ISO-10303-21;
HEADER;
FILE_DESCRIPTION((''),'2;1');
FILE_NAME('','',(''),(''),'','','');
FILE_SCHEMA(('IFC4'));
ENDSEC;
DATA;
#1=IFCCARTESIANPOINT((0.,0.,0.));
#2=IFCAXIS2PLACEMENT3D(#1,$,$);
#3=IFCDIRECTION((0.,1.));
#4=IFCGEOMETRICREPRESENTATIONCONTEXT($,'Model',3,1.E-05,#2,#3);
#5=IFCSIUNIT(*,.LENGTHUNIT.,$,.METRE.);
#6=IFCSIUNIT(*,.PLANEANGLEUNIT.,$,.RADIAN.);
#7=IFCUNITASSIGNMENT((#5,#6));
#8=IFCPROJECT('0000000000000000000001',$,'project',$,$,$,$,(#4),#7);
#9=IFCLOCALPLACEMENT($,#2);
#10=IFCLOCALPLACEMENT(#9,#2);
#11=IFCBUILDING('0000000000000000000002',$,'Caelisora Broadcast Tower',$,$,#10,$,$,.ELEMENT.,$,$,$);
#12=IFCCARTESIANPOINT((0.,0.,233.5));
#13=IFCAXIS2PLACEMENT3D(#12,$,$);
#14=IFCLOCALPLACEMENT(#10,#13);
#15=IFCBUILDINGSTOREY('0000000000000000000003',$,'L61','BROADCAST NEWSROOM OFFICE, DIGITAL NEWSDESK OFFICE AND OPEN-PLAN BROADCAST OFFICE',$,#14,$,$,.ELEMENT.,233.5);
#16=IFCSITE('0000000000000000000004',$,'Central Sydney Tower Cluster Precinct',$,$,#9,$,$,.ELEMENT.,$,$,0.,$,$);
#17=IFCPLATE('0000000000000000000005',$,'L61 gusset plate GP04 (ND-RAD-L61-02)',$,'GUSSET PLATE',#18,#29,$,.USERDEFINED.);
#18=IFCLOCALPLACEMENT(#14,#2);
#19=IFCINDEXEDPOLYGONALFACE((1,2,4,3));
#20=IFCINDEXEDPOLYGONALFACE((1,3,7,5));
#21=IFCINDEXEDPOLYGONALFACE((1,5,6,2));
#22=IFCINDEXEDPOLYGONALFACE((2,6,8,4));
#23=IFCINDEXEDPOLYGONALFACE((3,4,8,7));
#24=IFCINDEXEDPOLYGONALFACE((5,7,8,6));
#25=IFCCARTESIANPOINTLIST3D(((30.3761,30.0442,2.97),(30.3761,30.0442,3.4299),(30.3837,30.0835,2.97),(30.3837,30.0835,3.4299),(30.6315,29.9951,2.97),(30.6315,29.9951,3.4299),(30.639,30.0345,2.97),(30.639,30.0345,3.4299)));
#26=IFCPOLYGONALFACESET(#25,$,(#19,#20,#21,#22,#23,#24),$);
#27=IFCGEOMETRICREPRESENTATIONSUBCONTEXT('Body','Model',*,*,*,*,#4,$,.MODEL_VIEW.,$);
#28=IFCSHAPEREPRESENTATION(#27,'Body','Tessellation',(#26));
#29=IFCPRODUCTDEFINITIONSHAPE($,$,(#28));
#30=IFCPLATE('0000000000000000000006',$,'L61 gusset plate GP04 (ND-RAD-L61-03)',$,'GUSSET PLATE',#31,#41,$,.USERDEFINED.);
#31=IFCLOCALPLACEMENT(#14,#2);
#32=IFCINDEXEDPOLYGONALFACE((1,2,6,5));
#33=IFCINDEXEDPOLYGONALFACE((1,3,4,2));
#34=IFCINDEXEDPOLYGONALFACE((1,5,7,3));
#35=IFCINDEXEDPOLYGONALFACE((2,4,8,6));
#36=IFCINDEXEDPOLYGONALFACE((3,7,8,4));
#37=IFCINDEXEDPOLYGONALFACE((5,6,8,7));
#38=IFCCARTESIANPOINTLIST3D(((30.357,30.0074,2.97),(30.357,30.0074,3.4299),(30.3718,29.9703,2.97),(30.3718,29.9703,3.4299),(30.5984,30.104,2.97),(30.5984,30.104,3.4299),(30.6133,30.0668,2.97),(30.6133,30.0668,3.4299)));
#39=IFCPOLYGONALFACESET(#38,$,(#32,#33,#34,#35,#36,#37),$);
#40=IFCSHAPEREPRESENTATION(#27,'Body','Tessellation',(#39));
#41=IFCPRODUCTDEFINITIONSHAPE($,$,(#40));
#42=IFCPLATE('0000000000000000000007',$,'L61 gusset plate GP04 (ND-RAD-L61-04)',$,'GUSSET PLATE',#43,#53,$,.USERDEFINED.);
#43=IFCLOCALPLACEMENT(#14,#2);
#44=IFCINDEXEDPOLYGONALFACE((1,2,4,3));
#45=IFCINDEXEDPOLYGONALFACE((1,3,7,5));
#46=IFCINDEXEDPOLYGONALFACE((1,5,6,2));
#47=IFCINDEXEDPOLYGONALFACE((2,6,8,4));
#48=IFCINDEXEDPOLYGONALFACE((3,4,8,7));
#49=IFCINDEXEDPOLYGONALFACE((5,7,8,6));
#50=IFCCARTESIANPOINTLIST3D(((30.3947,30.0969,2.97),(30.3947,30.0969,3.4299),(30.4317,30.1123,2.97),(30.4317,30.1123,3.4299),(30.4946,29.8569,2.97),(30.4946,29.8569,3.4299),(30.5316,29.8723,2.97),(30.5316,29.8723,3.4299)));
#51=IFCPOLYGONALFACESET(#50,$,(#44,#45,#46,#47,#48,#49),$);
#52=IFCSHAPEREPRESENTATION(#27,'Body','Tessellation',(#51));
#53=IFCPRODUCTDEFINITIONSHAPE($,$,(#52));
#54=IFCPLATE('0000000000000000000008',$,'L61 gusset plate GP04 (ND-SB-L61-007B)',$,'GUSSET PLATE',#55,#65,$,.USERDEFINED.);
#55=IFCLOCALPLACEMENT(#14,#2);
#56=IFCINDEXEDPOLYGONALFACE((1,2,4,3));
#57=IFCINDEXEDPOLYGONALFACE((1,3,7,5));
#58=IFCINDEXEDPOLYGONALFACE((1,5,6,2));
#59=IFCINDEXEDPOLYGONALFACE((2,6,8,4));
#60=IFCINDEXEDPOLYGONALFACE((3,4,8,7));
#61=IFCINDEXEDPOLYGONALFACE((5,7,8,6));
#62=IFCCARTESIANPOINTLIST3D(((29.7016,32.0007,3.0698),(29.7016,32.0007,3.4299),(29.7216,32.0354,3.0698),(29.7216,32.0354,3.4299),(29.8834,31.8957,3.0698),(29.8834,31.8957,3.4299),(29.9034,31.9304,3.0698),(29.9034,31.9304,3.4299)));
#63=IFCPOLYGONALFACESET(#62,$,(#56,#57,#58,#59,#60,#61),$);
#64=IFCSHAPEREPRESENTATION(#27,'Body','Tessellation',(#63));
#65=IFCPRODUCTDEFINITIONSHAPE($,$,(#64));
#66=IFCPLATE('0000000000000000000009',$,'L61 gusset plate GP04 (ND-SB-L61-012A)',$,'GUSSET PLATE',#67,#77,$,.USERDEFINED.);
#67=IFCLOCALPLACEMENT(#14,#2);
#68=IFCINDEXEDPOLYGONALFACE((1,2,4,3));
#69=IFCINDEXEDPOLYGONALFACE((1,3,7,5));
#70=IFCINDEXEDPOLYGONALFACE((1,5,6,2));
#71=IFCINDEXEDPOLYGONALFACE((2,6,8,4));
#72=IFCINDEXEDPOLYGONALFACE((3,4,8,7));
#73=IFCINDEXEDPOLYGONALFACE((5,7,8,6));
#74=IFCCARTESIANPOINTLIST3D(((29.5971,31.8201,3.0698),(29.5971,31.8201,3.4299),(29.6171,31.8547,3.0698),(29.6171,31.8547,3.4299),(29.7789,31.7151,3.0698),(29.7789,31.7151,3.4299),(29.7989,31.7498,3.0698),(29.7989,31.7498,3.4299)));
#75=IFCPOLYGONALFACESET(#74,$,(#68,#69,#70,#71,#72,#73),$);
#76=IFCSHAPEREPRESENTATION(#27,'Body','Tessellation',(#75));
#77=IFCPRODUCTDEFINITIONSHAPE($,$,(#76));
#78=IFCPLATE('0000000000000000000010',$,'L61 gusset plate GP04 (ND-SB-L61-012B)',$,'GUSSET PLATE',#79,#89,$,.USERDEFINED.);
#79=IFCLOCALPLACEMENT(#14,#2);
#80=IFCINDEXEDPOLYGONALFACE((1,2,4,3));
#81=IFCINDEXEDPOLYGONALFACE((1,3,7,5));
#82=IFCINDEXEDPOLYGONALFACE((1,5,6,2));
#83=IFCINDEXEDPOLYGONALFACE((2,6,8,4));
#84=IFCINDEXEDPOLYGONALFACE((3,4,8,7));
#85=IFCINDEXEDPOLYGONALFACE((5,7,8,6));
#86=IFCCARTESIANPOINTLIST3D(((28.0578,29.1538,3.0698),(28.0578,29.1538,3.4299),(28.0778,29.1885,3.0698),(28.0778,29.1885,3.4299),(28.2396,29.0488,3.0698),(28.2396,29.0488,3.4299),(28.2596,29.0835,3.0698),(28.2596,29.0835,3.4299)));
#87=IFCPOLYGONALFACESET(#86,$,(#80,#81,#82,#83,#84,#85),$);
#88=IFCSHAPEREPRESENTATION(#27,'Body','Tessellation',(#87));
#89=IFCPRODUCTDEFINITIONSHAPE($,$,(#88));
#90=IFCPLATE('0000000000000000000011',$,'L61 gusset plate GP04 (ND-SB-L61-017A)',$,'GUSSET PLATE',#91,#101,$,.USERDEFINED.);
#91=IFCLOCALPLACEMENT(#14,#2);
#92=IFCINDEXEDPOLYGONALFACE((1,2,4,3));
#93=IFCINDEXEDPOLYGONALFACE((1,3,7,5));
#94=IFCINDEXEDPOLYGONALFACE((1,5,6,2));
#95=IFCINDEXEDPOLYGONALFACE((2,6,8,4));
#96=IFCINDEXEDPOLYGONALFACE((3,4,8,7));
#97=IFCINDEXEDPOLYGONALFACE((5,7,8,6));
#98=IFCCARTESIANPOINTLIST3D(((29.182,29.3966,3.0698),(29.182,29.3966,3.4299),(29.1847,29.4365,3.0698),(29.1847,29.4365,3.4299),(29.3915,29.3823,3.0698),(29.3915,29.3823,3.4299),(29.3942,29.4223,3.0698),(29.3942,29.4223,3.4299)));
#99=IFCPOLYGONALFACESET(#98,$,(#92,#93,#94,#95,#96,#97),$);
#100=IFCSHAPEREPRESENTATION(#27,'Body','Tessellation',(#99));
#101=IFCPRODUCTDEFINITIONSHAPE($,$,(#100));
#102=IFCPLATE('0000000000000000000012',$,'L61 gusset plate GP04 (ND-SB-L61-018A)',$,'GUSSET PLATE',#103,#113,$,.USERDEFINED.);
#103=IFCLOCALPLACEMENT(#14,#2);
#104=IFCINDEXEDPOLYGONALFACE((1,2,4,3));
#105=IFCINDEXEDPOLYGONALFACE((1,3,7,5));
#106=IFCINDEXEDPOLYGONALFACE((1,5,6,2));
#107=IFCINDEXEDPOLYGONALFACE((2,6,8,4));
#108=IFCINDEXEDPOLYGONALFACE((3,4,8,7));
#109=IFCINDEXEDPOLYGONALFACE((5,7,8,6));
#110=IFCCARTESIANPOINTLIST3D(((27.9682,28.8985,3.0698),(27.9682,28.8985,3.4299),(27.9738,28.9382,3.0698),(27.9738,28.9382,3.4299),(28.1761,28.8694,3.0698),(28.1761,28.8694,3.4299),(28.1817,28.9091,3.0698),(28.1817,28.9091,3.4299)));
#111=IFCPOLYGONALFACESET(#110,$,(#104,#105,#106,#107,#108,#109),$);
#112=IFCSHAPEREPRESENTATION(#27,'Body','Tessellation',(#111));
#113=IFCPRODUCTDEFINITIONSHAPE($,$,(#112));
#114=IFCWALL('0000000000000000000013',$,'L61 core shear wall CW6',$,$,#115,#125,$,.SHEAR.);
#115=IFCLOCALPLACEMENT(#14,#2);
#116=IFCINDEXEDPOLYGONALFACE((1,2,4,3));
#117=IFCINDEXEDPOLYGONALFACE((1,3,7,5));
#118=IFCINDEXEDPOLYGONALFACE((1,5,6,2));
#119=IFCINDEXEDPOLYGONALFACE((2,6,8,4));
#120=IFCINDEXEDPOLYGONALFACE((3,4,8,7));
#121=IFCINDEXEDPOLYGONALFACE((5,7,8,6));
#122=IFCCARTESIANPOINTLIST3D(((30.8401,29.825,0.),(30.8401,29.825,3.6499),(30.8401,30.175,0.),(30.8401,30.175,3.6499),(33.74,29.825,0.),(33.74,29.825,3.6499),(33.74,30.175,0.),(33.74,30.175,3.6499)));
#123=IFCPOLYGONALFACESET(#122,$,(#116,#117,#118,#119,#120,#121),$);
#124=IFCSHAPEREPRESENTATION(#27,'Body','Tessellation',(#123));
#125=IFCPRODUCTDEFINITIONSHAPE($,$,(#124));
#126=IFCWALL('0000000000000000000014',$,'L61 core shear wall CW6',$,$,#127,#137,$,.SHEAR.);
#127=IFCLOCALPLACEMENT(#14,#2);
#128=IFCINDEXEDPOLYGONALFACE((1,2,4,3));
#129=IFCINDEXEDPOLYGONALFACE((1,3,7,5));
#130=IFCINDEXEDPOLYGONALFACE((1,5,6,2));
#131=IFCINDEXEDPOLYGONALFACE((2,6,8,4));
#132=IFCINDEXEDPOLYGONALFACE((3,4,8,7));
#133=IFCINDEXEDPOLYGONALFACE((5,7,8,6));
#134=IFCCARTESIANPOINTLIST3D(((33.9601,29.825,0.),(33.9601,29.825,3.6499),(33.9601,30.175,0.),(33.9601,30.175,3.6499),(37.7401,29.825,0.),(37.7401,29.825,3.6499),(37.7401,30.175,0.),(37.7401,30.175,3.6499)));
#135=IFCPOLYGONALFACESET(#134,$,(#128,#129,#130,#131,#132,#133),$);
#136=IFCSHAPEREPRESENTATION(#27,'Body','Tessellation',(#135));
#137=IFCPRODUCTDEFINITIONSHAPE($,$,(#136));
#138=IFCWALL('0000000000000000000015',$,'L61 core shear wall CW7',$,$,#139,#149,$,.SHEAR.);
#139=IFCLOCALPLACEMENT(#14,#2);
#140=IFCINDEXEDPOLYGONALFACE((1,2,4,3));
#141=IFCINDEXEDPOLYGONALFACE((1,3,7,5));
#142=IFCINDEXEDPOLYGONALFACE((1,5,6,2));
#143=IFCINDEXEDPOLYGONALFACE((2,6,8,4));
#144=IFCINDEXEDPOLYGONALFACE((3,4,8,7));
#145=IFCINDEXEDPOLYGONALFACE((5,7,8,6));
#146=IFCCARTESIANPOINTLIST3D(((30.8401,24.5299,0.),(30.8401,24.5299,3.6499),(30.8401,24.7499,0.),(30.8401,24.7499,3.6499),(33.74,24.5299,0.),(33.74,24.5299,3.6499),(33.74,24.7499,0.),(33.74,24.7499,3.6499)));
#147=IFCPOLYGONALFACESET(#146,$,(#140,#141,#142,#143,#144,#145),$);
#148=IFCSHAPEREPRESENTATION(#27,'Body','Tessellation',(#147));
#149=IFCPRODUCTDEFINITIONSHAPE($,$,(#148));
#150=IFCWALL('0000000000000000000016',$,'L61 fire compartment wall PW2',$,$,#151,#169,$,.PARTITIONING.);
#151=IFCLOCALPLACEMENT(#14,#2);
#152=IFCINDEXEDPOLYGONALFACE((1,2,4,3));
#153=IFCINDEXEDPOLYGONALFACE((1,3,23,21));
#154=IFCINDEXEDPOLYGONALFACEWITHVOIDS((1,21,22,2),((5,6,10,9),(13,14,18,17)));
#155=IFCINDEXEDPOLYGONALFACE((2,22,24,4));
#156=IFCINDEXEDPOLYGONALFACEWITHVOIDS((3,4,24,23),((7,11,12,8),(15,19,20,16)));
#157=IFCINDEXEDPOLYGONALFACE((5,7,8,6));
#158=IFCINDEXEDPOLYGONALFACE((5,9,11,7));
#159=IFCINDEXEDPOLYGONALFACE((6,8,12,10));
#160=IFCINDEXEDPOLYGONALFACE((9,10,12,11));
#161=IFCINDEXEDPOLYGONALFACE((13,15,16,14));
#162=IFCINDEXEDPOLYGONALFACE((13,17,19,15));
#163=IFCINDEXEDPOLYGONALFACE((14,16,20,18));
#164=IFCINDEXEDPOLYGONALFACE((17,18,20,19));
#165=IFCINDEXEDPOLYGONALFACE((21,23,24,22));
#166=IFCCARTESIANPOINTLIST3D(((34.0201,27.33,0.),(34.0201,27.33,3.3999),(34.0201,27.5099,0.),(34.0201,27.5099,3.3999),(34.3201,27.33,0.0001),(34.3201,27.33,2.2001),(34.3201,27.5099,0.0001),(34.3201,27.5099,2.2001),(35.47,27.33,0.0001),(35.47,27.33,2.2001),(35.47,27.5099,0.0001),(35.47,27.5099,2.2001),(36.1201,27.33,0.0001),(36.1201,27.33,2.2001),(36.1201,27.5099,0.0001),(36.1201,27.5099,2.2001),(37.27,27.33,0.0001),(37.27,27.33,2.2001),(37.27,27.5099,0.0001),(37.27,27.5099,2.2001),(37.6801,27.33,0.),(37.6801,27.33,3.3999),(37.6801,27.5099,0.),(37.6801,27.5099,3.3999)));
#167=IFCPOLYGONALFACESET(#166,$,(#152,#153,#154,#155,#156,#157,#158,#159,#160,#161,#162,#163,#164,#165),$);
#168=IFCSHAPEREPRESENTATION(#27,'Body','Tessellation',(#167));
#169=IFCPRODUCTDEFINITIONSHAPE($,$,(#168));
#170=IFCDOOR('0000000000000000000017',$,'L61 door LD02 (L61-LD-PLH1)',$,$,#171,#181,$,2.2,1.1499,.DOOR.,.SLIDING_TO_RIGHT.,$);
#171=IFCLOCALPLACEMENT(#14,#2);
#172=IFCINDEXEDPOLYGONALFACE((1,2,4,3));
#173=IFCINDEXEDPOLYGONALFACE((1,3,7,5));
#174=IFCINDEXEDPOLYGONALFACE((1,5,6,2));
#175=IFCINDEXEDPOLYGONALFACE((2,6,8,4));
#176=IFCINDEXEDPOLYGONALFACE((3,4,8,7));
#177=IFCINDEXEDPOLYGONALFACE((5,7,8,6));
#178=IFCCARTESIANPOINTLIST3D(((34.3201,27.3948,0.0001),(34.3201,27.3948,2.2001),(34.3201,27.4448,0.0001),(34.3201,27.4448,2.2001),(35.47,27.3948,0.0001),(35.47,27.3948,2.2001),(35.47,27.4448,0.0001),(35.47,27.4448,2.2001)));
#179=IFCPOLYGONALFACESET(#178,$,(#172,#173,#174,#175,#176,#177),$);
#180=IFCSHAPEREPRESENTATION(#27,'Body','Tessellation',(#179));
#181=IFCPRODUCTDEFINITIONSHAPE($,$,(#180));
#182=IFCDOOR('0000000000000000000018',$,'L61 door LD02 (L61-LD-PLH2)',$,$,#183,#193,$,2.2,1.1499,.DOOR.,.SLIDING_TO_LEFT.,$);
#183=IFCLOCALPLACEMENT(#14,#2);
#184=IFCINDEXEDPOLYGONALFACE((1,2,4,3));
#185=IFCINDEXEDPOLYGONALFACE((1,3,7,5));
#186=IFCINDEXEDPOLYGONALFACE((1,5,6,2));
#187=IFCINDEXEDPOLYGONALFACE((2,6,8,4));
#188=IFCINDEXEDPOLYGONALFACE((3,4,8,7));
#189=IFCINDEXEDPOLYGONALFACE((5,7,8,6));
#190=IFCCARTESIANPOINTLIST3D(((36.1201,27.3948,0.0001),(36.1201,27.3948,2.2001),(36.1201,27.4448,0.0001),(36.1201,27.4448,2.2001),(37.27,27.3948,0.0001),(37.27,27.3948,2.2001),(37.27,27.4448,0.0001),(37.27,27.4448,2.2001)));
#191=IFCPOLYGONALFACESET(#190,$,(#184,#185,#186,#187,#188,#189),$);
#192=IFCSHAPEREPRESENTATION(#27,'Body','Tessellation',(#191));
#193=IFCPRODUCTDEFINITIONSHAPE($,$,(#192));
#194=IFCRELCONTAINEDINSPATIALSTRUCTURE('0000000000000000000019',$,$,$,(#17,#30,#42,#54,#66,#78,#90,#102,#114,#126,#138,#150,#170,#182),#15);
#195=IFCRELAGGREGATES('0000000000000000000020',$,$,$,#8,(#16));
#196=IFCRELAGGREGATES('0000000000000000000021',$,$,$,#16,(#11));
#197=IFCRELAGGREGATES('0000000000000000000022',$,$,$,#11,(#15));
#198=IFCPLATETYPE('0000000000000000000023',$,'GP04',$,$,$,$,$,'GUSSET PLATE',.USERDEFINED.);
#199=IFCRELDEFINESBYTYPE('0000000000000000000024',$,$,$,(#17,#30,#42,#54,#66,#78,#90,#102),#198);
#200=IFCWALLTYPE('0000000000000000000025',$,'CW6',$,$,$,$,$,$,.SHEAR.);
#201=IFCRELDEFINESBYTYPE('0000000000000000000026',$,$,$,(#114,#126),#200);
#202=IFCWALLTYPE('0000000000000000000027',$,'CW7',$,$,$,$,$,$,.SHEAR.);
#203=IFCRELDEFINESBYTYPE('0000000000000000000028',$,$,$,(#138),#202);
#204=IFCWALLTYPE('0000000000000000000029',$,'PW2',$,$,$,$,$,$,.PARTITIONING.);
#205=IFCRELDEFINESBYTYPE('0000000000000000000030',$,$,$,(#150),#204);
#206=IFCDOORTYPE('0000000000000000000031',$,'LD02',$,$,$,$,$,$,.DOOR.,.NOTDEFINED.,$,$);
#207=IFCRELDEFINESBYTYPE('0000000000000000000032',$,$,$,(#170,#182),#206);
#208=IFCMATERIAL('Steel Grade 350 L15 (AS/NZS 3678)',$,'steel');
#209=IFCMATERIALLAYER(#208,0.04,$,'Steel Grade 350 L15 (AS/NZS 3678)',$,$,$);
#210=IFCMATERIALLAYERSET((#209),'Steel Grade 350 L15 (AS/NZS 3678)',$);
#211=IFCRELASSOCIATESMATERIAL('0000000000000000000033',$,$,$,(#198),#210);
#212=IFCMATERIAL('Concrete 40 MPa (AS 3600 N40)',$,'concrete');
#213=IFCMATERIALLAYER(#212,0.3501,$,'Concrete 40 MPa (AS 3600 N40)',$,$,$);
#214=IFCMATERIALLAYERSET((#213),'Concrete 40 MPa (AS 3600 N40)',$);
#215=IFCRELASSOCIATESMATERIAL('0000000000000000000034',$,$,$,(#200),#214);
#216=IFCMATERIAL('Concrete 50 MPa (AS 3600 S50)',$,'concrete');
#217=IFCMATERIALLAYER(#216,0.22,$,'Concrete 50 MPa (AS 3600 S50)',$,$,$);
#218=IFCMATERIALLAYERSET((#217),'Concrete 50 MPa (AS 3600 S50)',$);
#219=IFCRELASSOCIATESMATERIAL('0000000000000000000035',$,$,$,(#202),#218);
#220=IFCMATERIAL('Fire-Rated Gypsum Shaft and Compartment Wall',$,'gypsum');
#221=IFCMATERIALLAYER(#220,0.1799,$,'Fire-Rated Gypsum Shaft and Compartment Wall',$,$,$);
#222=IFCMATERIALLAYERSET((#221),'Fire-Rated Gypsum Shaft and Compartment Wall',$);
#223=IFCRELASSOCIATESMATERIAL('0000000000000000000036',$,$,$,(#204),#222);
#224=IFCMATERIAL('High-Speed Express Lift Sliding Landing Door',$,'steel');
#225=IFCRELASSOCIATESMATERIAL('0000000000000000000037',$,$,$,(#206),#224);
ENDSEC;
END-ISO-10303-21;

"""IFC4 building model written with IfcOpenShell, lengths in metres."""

from ifc_helpers import new_model, si_unit, direction, frame, frame_2d, origin, origin_2d, place, context, subcontext, project, spatial, rectangle, extrude, source, transform, mapped, material, layer, layer_set, type_object, type_shapes, element, fill, save


model = new_model("IFC4")

# Units and contexts
model_context = context("Model", 3, precision=1e-05, world=origin(), true_north=direction((0.0, 1.0)))
body_context = subcontext(model_context, "Body", "Model", "MODEL_VIEW")
ifc_project = project(units=[si_unit("LENGTHUNIT", "METRE"), si_unit("PLANEANGLEUNIT", "RADIAN")], contexts=[model_context])

# Site, building, storey
site_placement = place(None, origin())
site = spatial("IfcSite", under=ifc_project, at=site_placement, Name="Central Sydney Tower Cluster Precinct", CompositionType="ELEMENT", RefElevation=0.0)
building_placement = place(site_placement, origin())
building = spatial("IfcBuilding", under=site, at=building_placement, Name="Caelisora Broadcast Tower", CompositionType="ELEMENT")
storey_placement = place(building_placement, frame((0.0, 0.0, 233.5)))
storey = spatial("IfcBuildingStorey", under=building, at=storey_placement, Name="L61", Description="BROADCAST NEWSROOM OFFICE, DIGITAL NEWSDESK OFFICE AND OPEN-PLAN BROADCAST OFFICE", CompositionType="ELEMENT", Elevation=233.5)

# Plates
ifc_material_1 = material(Name="Steel Grade 350 L15 (AS/NZS 3678)", Category="steel")
ifc_layer_1 = layer(ifc_material_1, 0.04, Name="Steel Grade 350 L15 (AS/NZS 3678)")
ifc_layer_set_1 = layer_set([ifc_layer_1], Name="Steel Grade 350 L15 (AS/NZS 3678)")
plate_type = type_object("IfcPlateType", Name="GP04", ElementType="GUSSET PLATE", PredefinedType="USERDEFINED", material=ifc_layer_set_1)
shared_shape_1 = source(origin(), body_context, "Body", "SweptSolid", [
    extrude(rectangle(XDim=0.26, YDim=0.04, at=origin_2d()), origin(), (0.0, 0.0, 1.0), 0.46),
])
for number, where, z_axis, x_axis, name in (
    (1, (30.5076, 30.0393, 2.97), (0.0, 0.0, 1.0), (-0.982058, 0.188581, 0.0), "L61 gusset plate GP04 (ND-RAD-L61-02)"),
    (2, (30.4851, 30.0371, 2.97), (0.0, 0.0, 1.0), (-0.928551, -0.371206, 0.0), "L61 gusset plate GP04 (ND-RAD-L61-03)"),
    (3, (30.4631, 29.9846, 2.97), (0.0, 0.0, 1.0), (0.384295, -0.92321, 0.0), "L61 gusset plate GP04 (ND-RAD-L61-04)"),
):
    element("IfcPlate", number, at=place(storey_placement, frame(where, z_axis=z_axis, x_axis=x_axis)), inside=storey, type_object=plate_type, Name=name, ObjectType="GUSSET PLATE", PredefinedType="USERDEFINED", context=body_context, shape_type="MappedRepresentation", body=[
        mapped(shared_shape_1, transform((0.0, 0.0, 0.0), scale=1.0)),
    ])
shared_shape_2 = source(origin(), body_context, "Body", "SweptSolid", [
    extrude(rectangle(XDim=0.21, YDim=0.04, at=origin_2d()), origin(), (0.0, 0.0, 1.0), 0.3601),
])
type_shapes(plate_type, [shared_shape_1, shared_shape_2])
for number, where, z_axis, x_axis, name in (
    (4, (29.8025, 31.9656, 3.0698), (0.0, 0.0, 1.0), (0.866025, -0.5, 0.0), "L61 gusset plate GP04 (ND-SB-L61-007B)"),
    (5, (29.698, 31.7849, 3.0698), (0.0, 0.0, 1.0), (0.866025, -0.5, 0.0), "L61 gusset plate GP04 (ND-SB-L61-012A)"),
    (6, (28.1587, 29.1187, 3.0698), (0.0, 0.0, 1.0), (0.866025, -0.5, 0.0), "L61 gusset plate GP04 (ND-SB-L61-012B)"),
    (7, (29.2881, 29.4094, 3.0698), (0.0, 0.0, 1.0), (0.997708, -0.067667, 0.0), "L61 gusset plate GP04 (ND-SB-L61-017A)"),
    (8, (28.075, 28.9038, 3.0698), (0.0, 0.0, 1.0), (0.990341, -0.138655, 0.0), "L61 gusset plate GP04 (ND-SB-L61-018A)"),
):
    element("IfcPlate", number, at=place(storey_placement, frame(where, z_axis=z_axis, x_axis=x_axis)), inside=storey, type_object=plate_type, Name=name, ObjectType="GUSSET PLATE", PredefinedType="USERDEFINED", context=body_context, shape_type="MappedRepresentation", body=[
        mapped(shared_shape_2, transform((0.0, 0.0, 0.0), scale=1.0)),
    ])

# Walls
ifc_material_2 = material(Name="Concrete 40 MPa (AS 3600 N40)", Category="concrete")
ifc_layer_2 = layer(ifc_material_2, 0.3501, Name="Concrete 40 MPa (AS 3600 N40)")
ifc_layer_set_2 = layer_set([ifc_layer_2], Name="Concrete 40 MPa (AS 3600 N40)")
wall_type_1 = type_object("IfcWallType", Name="CW6", PredefinedType="SHEAR", material=ifc_layer_set_2)
wall_1_placement = place(storey_placement, frame((30.8401, 30.0, 0.0), z_axis=(0.0, 0.0, 1.0), x_axis=(1.0, 0.0, 0.0)))
element("IfcWall", 9, at=wall_1_placement, inside=storey, type_object=wall_type_1, Name="L61 core shear wall CW6", PredefinedType="SHEAR", context=body_context, shape_type="SweptSolid", body=[
    extrude(rectangle(XDim=2.8999, YDim=0.3501, at=frame_2d((1.45, 0.0))), origin(), (0.0, 0.0, 1.0), 3.6499),
])
wall_2_placement = place(storey_placement, frame((33.96, 30.0, 0.0), z_axis=(0.0, 0.0, 1.0), x_axis=(1.0, 0.0, 0.0)))
element("IfcWall", 10, at=wall_2_placement, inside=storey, type_object=wall_type_1, Name="L61 core shear wall CW6", PredefinedType="SHEAR", context=body_context, shape_type="SweptSolid", body=[
    extrude(rectangle(XDim=3.78, YDim=0.3501, at=frame_2d((1.8901, 0.0))), origin(), (0.0, 0.0, 1.0), 3.6499),
])
ifc_material_3 = material(Name="Concrete 50 MPa (AS 3600 S50)", Category="concrete")
ifc_layer_3 = layer(ifc_material_3, 0.22, Name="Concrete 50 MPa (AS 3600 S50)")
ifc_layer_set_3 = layer_set([ifc_layer_3], Name="Concrete 50 MPa (AS 3600 S50)")
wall_type_2 = type_object("IfcWallType", Name="CW7", PredefinedType="SHEAR", material=ifc_layer_set_3)
wall_3_placement = place(storey_placement, frame((30.8401, 24.6399, 0.0), z_axis=(0.0, 0.0, 1.0), x_axis=(1.0, 0.0, 0.0)))
element("IfcWall", 11, at=wall_3_placement, inside=storey, type_object=wall_type_2, Name="L61 core shear wall CW7", PredefinedType="SHEAR", context=body_context, shape_type="SweptSolid", body=[
    extrude(rectangle(XDim=2.8999, YDim=0.22, at=frame_2d((1.45, 0.0))), origin(), (0.0, 0.0, 1.0), 3.6499),
])

# Wall, openings, doors
ifc_material_4 = material(Name="Fire-Rated Gypsum Shaft and Compartment Wall", Category="gypsum")
ifc_layer_4 = layer(ifc_material_4, 0.1799, Name="Fire-Rated Gypsum Shaft and Compartment Wall")
ifc_layer_set_4 = layer_set([ifc_layer_4], Name="Fire-Rated Gypsum Shaft and Compartment Wall")
wall_type_3 = type_object("IfcWallType", Name="PW2", PredefinedType="PARTITIONING", material=ifc_layer_set_4)
wall_4_placement = place(storey_placement, frame((34.02, 27.4199, 0.0), z_axis=(0.0, 0.0, 1.0), x_axis=(1.0, 0.0, 0.0)))
wall_4 = element("IfcWall", 12, at=wall_4_placement, inside=storey, type_object=wall_type_3, Name="L61 fire compartment wall PW2", PredefinedType="PARTITIONING", context=body_context, shape_type="SweptSolid", body=[
    extrude(rectangle(XDim=3.6599, YDim=0.1799, at=frame_2d((1.8301, 0.0))), origin(), (0.0, 0.0, 1.0), 3.3999),
])
opening_1_placement = place(wall_4_placement, frame((0.3, 0.0, 0.0)))
opening_1 = element("IfcOpeningElement", 13, at=opening_1_placement, cuts=wall_4, PredefinedType="OPENING", context=body_context, shape_type="SweptSolid", body=[
    extrude(rectangle(XDim=1.1499, YDim=2.2, at=frame_2d((0.575, 1.1001))), frame((0.0, 0.1021, 0.0), z_axis=(0.0, -1.0, 0.0), x_axis=(1.0, 0.0, 0.0)), (0.0, 0.0, 1.0), 0.2039),
])
opening_2_placement = place(wall_4_placement, frame((2.1001, 0.0, 0.0)))
opening_2 = element("IfcOpeningElement", 14, at=opening_2_placement, cuts=wall_4, PredefinedType="OPENING", context=body_context, shape_type="SweptSolid", body=[
    extrude(rectangle(XDim=1.1499, YDim=2.2, at=frame_2d((0.575, 1.1001))), frame((0.0, 0.1021, 0.0), z_axis=(0.0, -1.0, 0.0), x_axis=(1.0, 0.0, 0.0)), (0.0, 0.0, 1.0), 0.2039),
])
ifc_material_5 = material(Name="High-Speed Express Lift Sliding Landing Door", Category="steel")
door_type = type_object("IfcDoorType", Name="LD02", OperationType="NOTDEFINED", PredefinedType="DOOR", material=ifc_material_5)
door_1_placement = place(opening_1_placement, origin())
door_1 = element("IfcDoor", 15, at=door_1_placement, inside=storey, type_object=door_type, Name="L61 door LD02 (L61-LD-PLH1)", OperationType="SLIDING_TO_RIGHT", OverallHeight=2.2, OverallWidth=1.1499, PredefinedType="DOOR", context=body_context, shape_type="SweptSolid", body=[
    extrude(rectangle(XDim=1.1499, YDim=2.2, at=frame_2d((0.575, 1.1001))), frame((0.0, 0.0249, 0.0), z_axis=(0.0, -1.0, 0.0), x_axis=(1.0, 0.0, 0.0)), (0.0, 0.0, 1.0), 0.05),
])
fill(opening_1, door_1)
door_2_placement = place(opening_2_placement, origin())
door_2 = element("IfcDoor", 16, at=door_2_placement, inside=storey, type_object=door_type, Name="L61 door LD02 (L61-LD-PLH2)", OperationType="SLIDING_TO_LEFT", OverallHeight=2.2, OverallWidth=1.1499, PredefinedType="DOOR", context=body_context, shape_type="SweptSolid", body=[
    extrude(rectangle(XDim=1.1499, YDim=2.2, at=frame_2d((0.575, 1.1001))), frame((0.0, 0.0249, 0.0), z_axis=(0.0, -1.0, 0.0), x_axis=(1.0, 0.0, 0.0)), (0.0, 0.0, 1.0), 0.05),
])
fill(opening_2, door_2)

save(model, "model.ifc")
